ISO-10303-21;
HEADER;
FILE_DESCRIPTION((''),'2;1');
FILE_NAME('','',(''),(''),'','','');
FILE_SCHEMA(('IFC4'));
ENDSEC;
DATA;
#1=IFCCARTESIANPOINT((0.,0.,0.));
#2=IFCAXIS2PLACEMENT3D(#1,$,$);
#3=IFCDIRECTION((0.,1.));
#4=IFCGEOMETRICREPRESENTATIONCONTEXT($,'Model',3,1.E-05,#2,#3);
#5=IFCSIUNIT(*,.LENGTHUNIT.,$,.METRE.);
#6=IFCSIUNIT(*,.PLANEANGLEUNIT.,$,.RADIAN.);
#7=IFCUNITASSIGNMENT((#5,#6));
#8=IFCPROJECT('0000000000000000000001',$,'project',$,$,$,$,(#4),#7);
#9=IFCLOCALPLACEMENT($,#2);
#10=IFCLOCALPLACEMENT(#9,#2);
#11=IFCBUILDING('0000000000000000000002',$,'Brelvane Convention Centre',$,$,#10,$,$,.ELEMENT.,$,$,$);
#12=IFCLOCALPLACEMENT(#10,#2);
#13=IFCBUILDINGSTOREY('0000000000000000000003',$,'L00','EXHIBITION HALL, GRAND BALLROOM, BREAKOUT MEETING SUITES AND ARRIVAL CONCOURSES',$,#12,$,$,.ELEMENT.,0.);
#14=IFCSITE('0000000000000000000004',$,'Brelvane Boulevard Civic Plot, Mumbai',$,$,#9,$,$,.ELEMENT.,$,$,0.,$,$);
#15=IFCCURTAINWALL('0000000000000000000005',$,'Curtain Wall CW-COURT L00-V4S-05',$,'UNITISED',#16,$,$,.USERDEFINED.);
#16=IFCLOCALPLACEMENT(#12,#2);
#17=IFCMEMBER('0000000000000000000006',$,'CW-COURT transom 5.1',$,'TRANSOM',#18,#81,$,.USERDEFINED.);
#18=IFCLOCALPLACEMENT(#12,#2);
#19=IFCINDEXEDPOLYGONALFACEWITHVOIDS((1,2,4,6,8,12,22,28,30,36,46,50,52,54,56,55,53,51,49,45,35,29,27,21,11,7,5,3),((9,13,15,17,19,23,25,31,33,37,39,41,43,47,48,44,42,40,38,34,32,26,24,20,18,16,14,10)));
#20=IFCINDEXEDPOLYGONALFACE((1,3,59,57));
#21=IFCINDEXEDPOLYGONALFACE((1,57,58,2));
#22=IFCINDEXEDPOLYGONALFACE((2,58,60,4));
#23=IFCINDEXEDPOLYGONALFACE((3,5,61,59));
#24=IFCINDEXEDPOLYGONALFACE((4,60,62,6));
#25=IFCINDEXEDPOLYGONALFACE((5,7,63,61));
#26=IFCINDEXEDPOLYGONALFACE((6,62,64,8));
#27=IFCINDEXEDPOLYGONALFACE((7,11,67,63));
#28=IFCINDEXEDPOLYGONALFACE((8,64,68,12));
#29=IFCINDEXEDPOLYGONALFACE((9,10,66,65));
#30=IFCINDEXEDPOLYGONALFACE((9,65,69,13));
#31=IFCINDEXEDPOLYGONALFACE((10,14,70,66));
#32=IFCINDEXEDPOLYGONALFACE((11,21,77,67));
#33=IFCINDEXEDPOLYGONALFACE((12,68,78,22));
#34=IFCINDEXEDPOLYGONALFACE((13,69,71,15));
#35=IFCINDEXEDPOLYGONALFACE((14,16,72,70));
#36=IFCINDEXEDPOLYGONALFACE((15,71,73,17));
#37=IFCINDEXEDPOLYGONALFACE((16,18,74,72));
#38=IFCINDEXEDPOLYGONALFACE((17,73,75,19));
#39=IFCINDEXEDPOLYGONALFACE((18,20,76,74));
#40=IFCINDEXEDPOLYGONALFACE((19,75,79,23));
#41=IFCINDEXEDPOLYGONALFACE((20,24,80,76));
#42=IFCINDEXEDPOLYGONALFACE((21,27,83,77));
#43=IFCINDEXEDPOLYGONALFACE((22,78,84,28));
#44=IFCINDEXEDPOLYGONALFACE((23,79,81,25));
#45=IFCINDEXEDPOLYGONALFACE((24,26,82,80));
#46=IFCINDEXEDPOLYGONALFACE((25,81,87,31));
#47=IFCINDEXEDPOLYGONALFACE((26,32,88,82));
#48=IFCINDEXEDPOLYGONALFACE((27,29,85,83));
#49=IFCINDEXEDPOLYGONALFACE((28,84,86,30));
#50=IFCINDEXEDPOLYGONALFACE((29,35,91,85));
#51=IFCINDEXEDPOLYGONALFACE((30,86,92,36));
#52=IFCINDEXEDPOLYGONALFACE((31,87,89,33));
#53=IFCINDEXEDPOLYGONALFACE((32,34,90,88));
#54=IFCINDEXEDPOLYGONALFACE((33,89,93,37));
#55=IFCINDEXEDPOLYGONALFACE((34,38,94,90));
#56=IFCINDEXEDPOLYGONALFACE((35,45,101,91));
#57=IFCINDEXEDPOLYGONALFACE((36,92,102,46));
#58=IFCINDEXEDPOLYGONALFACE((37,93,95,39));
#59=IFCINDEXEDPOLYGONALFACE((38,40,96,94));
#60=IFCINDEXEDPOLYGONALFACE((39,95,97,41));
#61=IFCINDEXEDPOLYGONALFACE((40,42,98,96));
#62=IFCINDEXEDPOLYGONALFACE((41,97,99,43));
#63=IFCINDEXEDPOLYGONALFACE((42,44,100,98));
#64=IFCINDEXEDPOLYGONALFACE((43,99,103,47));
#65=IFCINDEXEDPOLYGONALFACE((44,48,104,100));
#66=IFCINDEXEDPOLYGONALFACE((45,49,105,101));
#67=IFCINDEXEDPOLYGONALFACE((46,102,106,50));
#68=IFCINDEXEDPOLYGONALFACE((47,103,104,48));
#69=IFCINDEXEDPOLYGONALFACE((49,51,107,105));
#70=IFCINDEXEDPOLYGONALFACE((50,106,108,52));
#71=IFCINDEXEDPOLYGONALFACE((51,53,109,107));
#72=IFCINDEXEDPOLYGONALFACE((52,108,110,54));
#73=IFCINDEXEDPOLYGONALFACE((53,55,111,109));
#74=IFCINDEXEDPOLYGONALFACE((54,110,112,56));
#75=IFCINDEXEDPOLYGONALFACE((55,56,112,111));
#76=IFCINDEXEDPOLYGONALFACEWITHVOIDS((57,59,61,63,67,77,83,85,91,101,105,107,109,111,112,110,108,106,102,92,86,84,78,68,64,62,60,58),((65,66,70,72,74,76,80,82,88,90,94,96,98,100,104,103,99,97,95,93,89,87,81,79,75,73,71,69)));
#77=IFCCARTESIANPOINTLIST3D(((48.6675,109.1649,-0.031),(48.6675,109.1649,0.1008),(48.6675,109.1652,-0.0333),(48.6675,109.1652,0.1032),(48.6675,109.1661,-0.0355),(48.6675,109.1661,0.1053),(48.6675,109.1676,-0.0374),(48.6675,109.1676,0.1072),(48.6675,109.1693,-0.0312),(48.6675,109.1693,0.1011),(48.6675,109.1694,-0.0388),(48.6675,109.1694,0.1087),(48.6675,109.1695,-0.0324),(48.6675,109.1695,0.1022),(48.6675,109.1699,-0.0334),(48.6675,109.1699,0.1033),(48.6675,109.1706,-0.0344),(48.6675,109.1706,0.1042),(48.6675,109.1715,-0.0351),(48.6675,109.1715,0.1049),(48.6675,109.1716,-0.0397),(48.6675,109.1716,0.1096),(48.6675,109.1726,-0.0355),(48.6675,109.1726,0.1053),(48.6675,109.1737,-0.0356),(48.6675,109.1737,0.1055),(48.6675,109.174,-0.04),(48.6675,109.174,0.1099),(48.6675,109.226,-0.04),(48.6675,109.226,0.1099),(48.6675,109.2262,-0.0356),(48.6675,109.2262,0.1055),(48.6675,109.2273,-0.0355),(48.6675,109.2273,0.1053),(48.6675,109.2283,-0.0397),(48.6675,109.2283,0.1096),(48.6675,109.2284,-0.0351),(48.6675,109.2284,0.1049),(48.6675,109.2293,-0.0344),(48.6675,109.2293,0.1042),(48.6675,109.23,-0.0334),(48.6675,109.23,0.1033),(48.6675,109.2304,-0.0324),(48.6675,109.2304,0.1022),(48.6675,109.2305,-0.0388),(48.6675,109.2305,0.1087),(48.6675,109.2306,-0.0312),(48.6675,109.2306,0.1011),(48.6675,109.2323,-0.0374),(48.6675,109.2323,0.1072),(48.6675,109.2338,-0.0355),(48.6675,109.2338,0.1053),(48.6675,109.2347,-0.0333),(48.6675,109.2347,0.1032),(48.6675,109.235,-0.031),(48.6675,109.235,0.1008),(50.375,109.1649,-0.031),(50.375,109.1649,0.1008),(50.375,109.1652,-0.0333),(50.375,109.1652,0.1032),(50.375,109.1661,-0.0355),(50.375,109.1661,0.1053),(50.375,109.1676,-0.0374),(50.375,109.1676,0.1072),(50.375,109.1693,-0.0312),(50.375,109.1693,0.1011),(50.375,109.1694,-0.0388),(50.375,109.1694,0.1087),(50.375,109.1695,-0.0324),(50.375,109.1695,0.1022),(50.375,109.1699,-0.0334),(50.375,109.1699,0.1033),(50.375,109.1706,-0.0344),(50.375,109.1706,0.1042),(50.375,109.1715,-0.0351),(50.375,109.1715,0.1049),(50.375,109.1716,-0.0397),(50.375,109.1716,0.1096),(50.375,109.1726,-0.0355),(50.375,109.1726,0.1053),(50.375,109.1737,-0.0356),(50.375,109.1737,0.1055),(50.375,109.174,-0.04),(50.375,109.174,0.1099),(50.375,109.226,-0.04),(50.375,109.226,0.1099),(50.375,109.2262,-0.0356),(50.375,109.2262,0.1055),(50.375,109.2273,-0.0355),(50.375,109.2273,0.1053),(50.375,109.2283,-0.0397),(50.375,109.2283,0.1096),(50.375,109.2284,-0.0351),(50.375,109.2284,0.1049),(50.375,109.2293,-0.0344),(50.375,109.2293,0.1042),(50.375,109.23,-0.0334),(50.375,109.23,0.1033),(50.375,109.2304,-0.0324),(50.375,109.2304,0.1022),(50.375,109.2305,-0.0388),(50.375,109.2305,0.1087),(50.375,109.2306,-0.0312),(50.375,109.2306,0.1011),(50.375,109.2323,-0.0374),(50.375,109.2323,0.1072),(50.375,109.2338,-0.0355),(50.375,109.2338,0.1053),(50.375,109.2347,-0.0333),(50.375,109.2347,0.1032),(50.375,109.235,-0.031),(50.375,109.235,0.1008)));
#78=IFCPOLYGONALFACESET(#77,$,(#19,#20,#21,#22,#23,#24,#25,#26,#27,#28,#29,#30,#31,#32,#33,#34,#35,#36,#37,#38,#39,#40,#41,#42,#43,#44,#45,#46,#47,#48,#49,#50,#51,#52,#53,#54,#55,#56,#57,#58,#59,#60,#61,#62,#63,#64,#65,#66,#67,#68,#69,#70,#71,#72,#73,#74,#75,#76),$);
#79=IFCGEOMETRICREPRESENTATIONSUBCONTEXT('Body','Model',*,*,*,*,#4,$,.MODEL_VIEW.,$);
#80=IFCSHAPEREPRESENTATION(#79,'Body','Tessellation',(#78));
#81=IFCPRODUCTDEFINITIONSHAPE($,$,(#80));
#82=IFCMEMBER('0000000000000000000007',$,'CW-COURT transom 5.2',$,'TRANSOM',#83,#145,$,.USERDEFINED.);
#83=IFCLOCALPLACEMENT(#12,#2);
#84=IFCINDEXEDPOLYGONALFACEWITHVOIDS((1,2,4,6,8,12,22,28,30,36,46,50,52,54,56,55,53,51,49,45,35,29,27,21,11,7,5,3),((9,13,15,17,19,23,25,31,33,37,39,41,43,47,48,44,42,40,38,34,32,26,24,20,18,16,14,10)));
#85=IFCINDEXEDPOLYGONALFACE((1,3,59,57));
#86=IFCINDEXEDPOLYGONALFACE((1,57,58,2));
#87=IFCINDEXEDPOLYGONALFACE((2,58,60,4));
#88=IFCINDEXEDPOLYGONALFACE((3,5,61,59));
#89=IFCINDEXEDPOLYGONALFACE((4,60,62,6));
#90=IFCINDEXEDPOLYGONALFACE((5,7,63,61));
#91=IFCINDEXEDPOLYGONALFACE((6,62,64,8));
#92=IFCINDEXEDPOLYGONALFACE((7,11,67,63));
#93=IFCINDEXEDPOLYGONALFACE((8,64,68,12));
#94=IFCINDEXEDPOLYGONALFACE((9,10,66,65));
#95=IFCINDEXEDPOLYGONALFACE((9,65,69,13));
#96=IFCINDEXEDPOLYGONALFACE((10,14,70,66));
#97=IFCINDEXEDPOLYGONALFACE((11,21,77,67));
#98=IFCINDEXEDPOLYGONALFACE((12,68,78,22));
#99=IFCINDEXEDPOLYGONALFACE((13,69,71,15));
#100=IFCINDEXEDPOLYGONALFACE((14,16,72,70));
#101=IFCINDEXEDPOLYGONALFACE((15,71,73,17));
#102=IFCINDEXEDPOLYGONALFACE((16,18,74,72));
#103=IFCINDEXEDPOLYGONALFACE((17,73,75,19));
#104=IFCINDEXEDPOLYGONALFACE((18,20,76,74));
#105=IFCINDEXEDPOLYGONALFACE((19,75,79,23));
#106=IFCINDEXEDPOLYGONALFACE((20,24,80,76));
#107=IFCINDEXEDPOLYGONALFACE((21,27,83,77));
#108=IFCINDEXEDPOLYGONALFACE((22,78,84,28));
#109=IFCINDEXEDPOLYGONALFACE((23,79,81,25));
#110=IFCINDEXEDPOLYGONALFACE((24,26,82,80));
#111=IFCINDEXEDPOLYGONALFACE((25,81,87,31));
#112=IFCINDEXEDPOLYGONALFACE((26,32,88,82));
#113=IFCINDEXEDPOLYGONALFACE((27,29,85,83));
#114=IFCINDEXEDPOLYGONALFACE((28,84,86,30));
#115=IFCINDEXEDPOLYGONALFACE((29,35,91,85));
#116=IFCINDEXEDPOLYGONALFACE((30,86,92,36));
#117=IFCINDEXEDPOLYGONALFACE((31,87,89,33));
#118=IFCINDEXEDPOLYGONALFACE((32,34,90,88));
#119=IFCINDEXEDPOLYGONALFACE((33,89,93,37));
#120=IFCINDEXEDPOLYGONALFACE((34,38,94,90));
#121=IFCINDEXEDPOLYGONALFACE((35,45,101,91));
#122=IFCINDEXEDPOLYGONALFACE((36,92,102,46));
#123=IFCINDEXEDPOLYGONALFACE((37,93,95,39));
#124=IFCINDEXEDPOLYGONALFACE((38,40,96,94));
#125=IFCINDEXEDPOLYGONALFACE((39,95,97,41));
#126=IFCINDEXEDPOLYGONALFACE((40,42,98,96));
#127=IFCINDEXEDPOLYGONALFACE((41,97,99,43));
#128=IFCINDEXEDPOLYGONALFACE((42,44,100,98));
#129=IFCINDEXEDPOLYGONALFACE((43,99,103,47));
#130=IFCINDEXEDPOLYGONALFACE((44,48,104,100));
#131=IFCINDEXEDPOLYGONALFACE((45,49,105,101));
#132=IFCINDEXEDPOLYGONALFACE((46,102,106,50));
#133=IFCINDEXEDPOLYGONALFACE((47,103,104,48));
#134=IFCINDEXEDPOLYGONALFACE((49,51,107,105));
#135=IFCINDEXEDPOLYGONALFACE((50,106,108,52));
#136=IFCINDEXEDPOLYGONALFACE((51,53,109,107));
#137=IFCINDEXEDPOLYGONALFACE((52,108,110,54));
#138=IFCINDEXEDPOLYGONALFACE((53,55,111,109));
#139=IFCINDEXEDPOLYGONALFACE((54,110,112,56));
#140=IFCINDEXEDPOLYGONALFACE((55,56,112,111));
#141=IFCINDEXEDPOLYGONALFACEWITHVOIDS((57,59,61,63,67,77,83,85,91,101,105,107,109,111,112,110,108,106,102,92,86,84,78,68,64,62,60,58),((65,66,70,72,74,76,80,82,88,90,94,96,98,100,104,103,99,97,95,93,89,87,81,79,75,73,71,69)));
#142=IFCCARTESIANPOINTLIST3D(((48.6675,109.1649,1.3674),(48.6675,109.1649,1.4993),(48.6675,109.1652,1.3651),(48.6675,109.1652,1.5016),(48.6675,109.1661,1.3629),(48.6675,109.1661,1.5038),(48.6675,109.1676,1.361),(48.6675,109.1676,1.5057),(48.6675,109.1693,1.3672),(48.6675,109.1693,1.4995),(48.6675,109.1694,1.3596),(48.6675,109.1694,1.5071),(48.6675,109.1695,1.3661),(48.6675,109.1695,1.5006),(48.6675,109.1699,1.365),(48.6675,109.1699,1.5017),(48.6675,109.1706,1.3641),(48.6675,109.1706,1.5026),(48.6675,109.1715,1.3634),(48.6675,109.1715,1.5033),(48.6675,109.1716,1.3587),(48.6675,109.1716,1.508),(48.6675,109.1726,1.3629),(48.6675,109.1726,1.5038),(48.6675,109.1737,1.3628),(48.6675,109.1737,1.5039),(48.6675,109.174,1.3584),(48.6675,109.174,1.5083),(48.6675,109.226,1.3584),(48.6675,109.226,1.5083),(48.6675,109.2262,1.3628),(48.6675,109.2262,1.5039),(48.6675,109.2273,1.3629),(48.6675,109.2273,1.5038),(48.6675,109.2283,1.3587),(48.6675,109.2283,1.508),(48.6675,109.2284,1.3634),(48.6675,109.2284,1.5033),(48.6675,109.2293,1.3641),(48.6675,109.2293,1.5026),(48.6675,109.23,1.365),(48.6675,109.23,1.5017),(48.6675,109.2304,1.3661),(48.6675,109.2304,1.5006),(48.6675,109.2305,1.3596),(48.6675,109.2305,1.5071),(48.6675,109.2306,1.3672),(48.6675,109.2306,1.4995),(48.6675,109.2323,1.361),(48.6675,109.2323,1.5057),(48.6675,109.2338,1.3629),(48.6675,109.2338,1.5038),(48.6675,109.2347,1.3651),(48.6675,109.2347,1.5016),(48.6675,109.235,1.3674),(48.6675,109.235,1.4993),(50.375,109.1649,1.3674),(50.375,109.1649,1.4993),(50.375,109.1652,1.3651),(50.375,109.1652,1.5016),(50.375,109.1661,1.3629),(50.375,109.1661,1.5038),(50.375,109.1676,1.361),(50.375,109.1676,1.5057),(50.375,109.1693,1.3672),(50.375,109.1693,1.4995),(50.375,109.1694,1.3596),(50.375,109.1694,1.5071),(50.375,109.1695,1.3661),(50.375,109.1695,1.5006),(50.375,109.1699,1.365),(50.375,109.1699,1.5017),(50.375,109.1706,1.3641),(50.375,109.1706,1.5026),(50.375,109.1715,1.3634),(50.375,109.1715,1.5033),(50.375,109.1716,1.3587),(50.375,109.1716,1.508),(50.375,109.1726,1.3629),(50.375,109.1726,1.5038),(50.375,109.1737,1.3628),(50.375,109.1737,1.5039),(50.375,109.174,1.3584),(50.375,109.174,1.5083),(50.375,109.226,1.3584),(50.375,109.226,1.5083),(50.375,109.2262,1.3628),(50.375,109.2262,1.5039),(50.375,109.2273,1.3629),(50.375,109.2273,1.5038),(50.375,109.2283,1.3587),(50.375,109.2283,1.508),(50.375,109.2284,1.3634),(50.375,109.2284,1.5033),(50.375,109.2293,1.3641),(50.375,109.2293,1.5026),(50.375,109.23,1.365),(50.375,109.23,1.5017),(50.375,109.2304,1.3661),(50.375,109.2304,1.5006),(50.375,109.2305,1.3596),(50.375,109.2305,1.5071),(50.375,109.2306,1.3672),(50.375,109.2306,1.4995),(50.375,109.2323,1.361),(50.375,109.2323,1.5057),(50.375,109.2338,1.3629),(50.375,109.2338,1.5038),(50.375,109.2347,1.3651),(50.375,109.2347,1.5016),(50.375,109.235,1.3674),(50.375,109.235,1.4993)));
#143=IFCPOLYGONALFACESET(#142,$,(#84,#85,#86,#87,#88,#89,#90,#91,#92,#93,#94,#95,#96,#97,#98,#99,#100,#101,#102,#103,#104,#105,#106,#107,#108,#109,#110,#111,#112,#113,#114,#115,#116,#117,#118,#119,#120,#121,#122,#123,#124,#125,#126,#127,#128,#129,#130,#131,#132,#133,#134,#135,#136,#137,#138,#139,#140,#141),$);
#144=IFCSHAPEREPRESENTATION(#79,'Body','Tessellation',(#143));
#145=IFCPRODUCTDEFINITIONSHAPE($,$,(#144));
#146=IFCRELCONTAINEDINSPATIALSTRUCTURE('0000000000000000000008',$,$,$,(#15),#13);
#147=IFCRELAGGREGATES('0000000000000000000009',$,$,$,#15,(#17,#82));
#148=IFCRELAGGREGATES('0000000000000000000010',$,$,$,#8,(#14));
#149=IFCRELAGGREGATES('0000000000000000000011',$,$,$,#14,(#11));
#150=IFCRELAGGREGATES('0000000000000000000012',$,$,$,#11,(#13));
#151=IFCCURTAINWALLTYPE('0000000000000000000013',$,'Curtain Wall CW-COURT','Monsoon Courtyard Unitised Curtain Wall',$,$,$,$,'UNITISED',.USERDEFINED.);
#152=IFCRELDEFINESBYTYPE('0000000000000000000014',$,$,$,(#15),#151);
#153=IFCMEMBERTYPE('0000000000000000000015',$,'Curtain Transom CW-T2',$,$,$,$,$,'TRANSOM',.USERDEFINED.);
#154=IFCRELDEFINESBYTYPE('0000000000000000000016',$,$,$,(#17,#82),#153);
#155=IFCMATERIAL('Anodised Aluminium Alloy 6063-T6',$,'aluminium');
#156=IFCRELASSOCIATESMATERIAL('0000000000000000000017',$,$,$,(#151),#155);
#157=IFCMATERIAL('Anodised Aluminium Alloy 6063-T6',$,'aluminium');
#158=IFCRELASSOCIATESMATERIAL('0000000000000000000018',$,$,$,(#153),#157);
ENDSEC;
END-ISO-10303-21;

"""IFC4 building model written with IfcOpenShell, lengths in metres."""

from ifc_helpers import new_model, si_unit, direction, frame, origin, origin_2d, place, context, subcontext, project, spatial, hollow_rectangle, extrude, material, material_profile, profile_set, type_object, element, aggregate, save


model = new_model("IFC4")

# Units and contexts
model_context = context("Model", 3, precision=1e-05, world=origin(), true_north=direction((0.0, 1.0)))
body_context = subcontext(model_context, "Body", "Model", "MODEL_VIEW")
ifc_project = project(units=[si_unit("LENGTHUNIT", "METRE"), si_unit("PLANEANGLEUNIT", "RADIAN")], contexts=[model_context])

# Site, building, storey
site_placement = place(None, origin())
site = spatial("IfcSite", under=ifc_project, at=site_placement, Name="Brelvane Boulevard Civic Plot, Mumbai", CompositionType="ELEMENT", RefElevation=0.0)
building_placement = place(site_placement, origin())
building = spatial("IfcBuilding", under=site, at=building_placement, Name="Brelvane Convention Centre", CompositionType="ELEMENT")
storey_placement = place(building_placement, origin())
storey = spatial("IfcBuildingStorey", under=building, at=storey_placement, Name="L00", Description="EXHIBITION HALL, GRAND BALLROOM, BREAKOUT MEETING SUITES AND ARRIVAL CONCOURSES", CompositionType="ELEMENT", Elevation=0.0)

# Curtain wall, members
ifc_material_1 = material(Name="Anodised Aluminium Alloy 6063-T6", Category="aluminium")
curtain_wall_type = type_object("IfcCurtainWallType", Name="Curtain Wall CW-COURT", Description="Monsoon Courtyard Unitised Curtain Wall", ElementType="UNITISED", PredefinedType="USERDEFINED", material=ifc_material_1)
curtain_wall_placement = place(storey_placement, origin())
curtain_wall = element("IfcCurtainWall", 1, at=curtain_wall_placement, inside=storey, type_object=curtain_wall_type, Name="Curtain Wall CW-COURT L00-V4S-05", ObjectType="UNITISED", PredefinedType="USERDEFINED")
ifc_material_2 = material(Name="Anodised Aluminium Alloy 6063-T6", Category="aluminium")
ifc_material_profile_1 = material_profile(ifc_material_2, hollow_rectangle(XDim=0.0701, YDim=0.1499, WallThickness=0.0044, InnerFilletRadius=0.0044, OuterFilletRadius=0.009, at=origin_2d()), Name="ALU-T 150x70x4.5")
ifc_profile_set_1 = profile_set([ifc_material_profile_1], Name="Anodised Aluminium Alloy 6063-T6")
member_type_1 = type_object("IfcMemberType", Name="Curtain Transom CW-T2", ElementType="TRANSOM", PredefinedType="USERDEFINED", material=ifc_profile_set_1)
member_1_placement = place(storey_placement, frame((48.6675, 109.2, 0.0349), z_axis=(1.0, 0.0, 0.0), x_axis=(0.0, 1.0, 0.0)))
member_1 = element("IfcMember", 2, at=member_1_placement, type_object=member_type_1, Name="CW-COURT transom 5.1", ObjectType="TRANSOM", PredefinedType="USERDEFINED", context=body_context, shape_type="SweptSolid", body=[
    extrude(hollow_rectangle(XDim=0.0701, YDim=0.1499, WallThickness=0.0044, InnerFilletRadius=0.0044, OuterFilletRadius=0.009, at=origin_2d()), origin(), (0.0, 0.0, 1.0), 1.7075),
])
member_2_placement = place(storey_placement, frame((48.6675, 109.2, 1.4333), z_axis=(1.0, 0.0, 0.0), x_axis=(0.0, 1.0, 0.0)))
member_2 = element("IfcMember", 3, at=member_2_placement, type_object=member_type_1, Name="CW-COURT transom 5.2", ObjectType="TRANSOM", PredefinedType="USERDEFINED", context=body_context, shape_type="SweptSolid", body=[
    extrude(hollow_rectangle(XDim=0.0701, YDim=0.1499, WallThickness=0.0044, InnerFilletRadius=0.0044, OuterFilletRadius=0.009, at=origin_2d()), origin(), (0.0, 0.0, 1.0), 1.7075),
])
aggregate(curtain_wall, [member_1, member_2])

save(model, "model.ifc")
